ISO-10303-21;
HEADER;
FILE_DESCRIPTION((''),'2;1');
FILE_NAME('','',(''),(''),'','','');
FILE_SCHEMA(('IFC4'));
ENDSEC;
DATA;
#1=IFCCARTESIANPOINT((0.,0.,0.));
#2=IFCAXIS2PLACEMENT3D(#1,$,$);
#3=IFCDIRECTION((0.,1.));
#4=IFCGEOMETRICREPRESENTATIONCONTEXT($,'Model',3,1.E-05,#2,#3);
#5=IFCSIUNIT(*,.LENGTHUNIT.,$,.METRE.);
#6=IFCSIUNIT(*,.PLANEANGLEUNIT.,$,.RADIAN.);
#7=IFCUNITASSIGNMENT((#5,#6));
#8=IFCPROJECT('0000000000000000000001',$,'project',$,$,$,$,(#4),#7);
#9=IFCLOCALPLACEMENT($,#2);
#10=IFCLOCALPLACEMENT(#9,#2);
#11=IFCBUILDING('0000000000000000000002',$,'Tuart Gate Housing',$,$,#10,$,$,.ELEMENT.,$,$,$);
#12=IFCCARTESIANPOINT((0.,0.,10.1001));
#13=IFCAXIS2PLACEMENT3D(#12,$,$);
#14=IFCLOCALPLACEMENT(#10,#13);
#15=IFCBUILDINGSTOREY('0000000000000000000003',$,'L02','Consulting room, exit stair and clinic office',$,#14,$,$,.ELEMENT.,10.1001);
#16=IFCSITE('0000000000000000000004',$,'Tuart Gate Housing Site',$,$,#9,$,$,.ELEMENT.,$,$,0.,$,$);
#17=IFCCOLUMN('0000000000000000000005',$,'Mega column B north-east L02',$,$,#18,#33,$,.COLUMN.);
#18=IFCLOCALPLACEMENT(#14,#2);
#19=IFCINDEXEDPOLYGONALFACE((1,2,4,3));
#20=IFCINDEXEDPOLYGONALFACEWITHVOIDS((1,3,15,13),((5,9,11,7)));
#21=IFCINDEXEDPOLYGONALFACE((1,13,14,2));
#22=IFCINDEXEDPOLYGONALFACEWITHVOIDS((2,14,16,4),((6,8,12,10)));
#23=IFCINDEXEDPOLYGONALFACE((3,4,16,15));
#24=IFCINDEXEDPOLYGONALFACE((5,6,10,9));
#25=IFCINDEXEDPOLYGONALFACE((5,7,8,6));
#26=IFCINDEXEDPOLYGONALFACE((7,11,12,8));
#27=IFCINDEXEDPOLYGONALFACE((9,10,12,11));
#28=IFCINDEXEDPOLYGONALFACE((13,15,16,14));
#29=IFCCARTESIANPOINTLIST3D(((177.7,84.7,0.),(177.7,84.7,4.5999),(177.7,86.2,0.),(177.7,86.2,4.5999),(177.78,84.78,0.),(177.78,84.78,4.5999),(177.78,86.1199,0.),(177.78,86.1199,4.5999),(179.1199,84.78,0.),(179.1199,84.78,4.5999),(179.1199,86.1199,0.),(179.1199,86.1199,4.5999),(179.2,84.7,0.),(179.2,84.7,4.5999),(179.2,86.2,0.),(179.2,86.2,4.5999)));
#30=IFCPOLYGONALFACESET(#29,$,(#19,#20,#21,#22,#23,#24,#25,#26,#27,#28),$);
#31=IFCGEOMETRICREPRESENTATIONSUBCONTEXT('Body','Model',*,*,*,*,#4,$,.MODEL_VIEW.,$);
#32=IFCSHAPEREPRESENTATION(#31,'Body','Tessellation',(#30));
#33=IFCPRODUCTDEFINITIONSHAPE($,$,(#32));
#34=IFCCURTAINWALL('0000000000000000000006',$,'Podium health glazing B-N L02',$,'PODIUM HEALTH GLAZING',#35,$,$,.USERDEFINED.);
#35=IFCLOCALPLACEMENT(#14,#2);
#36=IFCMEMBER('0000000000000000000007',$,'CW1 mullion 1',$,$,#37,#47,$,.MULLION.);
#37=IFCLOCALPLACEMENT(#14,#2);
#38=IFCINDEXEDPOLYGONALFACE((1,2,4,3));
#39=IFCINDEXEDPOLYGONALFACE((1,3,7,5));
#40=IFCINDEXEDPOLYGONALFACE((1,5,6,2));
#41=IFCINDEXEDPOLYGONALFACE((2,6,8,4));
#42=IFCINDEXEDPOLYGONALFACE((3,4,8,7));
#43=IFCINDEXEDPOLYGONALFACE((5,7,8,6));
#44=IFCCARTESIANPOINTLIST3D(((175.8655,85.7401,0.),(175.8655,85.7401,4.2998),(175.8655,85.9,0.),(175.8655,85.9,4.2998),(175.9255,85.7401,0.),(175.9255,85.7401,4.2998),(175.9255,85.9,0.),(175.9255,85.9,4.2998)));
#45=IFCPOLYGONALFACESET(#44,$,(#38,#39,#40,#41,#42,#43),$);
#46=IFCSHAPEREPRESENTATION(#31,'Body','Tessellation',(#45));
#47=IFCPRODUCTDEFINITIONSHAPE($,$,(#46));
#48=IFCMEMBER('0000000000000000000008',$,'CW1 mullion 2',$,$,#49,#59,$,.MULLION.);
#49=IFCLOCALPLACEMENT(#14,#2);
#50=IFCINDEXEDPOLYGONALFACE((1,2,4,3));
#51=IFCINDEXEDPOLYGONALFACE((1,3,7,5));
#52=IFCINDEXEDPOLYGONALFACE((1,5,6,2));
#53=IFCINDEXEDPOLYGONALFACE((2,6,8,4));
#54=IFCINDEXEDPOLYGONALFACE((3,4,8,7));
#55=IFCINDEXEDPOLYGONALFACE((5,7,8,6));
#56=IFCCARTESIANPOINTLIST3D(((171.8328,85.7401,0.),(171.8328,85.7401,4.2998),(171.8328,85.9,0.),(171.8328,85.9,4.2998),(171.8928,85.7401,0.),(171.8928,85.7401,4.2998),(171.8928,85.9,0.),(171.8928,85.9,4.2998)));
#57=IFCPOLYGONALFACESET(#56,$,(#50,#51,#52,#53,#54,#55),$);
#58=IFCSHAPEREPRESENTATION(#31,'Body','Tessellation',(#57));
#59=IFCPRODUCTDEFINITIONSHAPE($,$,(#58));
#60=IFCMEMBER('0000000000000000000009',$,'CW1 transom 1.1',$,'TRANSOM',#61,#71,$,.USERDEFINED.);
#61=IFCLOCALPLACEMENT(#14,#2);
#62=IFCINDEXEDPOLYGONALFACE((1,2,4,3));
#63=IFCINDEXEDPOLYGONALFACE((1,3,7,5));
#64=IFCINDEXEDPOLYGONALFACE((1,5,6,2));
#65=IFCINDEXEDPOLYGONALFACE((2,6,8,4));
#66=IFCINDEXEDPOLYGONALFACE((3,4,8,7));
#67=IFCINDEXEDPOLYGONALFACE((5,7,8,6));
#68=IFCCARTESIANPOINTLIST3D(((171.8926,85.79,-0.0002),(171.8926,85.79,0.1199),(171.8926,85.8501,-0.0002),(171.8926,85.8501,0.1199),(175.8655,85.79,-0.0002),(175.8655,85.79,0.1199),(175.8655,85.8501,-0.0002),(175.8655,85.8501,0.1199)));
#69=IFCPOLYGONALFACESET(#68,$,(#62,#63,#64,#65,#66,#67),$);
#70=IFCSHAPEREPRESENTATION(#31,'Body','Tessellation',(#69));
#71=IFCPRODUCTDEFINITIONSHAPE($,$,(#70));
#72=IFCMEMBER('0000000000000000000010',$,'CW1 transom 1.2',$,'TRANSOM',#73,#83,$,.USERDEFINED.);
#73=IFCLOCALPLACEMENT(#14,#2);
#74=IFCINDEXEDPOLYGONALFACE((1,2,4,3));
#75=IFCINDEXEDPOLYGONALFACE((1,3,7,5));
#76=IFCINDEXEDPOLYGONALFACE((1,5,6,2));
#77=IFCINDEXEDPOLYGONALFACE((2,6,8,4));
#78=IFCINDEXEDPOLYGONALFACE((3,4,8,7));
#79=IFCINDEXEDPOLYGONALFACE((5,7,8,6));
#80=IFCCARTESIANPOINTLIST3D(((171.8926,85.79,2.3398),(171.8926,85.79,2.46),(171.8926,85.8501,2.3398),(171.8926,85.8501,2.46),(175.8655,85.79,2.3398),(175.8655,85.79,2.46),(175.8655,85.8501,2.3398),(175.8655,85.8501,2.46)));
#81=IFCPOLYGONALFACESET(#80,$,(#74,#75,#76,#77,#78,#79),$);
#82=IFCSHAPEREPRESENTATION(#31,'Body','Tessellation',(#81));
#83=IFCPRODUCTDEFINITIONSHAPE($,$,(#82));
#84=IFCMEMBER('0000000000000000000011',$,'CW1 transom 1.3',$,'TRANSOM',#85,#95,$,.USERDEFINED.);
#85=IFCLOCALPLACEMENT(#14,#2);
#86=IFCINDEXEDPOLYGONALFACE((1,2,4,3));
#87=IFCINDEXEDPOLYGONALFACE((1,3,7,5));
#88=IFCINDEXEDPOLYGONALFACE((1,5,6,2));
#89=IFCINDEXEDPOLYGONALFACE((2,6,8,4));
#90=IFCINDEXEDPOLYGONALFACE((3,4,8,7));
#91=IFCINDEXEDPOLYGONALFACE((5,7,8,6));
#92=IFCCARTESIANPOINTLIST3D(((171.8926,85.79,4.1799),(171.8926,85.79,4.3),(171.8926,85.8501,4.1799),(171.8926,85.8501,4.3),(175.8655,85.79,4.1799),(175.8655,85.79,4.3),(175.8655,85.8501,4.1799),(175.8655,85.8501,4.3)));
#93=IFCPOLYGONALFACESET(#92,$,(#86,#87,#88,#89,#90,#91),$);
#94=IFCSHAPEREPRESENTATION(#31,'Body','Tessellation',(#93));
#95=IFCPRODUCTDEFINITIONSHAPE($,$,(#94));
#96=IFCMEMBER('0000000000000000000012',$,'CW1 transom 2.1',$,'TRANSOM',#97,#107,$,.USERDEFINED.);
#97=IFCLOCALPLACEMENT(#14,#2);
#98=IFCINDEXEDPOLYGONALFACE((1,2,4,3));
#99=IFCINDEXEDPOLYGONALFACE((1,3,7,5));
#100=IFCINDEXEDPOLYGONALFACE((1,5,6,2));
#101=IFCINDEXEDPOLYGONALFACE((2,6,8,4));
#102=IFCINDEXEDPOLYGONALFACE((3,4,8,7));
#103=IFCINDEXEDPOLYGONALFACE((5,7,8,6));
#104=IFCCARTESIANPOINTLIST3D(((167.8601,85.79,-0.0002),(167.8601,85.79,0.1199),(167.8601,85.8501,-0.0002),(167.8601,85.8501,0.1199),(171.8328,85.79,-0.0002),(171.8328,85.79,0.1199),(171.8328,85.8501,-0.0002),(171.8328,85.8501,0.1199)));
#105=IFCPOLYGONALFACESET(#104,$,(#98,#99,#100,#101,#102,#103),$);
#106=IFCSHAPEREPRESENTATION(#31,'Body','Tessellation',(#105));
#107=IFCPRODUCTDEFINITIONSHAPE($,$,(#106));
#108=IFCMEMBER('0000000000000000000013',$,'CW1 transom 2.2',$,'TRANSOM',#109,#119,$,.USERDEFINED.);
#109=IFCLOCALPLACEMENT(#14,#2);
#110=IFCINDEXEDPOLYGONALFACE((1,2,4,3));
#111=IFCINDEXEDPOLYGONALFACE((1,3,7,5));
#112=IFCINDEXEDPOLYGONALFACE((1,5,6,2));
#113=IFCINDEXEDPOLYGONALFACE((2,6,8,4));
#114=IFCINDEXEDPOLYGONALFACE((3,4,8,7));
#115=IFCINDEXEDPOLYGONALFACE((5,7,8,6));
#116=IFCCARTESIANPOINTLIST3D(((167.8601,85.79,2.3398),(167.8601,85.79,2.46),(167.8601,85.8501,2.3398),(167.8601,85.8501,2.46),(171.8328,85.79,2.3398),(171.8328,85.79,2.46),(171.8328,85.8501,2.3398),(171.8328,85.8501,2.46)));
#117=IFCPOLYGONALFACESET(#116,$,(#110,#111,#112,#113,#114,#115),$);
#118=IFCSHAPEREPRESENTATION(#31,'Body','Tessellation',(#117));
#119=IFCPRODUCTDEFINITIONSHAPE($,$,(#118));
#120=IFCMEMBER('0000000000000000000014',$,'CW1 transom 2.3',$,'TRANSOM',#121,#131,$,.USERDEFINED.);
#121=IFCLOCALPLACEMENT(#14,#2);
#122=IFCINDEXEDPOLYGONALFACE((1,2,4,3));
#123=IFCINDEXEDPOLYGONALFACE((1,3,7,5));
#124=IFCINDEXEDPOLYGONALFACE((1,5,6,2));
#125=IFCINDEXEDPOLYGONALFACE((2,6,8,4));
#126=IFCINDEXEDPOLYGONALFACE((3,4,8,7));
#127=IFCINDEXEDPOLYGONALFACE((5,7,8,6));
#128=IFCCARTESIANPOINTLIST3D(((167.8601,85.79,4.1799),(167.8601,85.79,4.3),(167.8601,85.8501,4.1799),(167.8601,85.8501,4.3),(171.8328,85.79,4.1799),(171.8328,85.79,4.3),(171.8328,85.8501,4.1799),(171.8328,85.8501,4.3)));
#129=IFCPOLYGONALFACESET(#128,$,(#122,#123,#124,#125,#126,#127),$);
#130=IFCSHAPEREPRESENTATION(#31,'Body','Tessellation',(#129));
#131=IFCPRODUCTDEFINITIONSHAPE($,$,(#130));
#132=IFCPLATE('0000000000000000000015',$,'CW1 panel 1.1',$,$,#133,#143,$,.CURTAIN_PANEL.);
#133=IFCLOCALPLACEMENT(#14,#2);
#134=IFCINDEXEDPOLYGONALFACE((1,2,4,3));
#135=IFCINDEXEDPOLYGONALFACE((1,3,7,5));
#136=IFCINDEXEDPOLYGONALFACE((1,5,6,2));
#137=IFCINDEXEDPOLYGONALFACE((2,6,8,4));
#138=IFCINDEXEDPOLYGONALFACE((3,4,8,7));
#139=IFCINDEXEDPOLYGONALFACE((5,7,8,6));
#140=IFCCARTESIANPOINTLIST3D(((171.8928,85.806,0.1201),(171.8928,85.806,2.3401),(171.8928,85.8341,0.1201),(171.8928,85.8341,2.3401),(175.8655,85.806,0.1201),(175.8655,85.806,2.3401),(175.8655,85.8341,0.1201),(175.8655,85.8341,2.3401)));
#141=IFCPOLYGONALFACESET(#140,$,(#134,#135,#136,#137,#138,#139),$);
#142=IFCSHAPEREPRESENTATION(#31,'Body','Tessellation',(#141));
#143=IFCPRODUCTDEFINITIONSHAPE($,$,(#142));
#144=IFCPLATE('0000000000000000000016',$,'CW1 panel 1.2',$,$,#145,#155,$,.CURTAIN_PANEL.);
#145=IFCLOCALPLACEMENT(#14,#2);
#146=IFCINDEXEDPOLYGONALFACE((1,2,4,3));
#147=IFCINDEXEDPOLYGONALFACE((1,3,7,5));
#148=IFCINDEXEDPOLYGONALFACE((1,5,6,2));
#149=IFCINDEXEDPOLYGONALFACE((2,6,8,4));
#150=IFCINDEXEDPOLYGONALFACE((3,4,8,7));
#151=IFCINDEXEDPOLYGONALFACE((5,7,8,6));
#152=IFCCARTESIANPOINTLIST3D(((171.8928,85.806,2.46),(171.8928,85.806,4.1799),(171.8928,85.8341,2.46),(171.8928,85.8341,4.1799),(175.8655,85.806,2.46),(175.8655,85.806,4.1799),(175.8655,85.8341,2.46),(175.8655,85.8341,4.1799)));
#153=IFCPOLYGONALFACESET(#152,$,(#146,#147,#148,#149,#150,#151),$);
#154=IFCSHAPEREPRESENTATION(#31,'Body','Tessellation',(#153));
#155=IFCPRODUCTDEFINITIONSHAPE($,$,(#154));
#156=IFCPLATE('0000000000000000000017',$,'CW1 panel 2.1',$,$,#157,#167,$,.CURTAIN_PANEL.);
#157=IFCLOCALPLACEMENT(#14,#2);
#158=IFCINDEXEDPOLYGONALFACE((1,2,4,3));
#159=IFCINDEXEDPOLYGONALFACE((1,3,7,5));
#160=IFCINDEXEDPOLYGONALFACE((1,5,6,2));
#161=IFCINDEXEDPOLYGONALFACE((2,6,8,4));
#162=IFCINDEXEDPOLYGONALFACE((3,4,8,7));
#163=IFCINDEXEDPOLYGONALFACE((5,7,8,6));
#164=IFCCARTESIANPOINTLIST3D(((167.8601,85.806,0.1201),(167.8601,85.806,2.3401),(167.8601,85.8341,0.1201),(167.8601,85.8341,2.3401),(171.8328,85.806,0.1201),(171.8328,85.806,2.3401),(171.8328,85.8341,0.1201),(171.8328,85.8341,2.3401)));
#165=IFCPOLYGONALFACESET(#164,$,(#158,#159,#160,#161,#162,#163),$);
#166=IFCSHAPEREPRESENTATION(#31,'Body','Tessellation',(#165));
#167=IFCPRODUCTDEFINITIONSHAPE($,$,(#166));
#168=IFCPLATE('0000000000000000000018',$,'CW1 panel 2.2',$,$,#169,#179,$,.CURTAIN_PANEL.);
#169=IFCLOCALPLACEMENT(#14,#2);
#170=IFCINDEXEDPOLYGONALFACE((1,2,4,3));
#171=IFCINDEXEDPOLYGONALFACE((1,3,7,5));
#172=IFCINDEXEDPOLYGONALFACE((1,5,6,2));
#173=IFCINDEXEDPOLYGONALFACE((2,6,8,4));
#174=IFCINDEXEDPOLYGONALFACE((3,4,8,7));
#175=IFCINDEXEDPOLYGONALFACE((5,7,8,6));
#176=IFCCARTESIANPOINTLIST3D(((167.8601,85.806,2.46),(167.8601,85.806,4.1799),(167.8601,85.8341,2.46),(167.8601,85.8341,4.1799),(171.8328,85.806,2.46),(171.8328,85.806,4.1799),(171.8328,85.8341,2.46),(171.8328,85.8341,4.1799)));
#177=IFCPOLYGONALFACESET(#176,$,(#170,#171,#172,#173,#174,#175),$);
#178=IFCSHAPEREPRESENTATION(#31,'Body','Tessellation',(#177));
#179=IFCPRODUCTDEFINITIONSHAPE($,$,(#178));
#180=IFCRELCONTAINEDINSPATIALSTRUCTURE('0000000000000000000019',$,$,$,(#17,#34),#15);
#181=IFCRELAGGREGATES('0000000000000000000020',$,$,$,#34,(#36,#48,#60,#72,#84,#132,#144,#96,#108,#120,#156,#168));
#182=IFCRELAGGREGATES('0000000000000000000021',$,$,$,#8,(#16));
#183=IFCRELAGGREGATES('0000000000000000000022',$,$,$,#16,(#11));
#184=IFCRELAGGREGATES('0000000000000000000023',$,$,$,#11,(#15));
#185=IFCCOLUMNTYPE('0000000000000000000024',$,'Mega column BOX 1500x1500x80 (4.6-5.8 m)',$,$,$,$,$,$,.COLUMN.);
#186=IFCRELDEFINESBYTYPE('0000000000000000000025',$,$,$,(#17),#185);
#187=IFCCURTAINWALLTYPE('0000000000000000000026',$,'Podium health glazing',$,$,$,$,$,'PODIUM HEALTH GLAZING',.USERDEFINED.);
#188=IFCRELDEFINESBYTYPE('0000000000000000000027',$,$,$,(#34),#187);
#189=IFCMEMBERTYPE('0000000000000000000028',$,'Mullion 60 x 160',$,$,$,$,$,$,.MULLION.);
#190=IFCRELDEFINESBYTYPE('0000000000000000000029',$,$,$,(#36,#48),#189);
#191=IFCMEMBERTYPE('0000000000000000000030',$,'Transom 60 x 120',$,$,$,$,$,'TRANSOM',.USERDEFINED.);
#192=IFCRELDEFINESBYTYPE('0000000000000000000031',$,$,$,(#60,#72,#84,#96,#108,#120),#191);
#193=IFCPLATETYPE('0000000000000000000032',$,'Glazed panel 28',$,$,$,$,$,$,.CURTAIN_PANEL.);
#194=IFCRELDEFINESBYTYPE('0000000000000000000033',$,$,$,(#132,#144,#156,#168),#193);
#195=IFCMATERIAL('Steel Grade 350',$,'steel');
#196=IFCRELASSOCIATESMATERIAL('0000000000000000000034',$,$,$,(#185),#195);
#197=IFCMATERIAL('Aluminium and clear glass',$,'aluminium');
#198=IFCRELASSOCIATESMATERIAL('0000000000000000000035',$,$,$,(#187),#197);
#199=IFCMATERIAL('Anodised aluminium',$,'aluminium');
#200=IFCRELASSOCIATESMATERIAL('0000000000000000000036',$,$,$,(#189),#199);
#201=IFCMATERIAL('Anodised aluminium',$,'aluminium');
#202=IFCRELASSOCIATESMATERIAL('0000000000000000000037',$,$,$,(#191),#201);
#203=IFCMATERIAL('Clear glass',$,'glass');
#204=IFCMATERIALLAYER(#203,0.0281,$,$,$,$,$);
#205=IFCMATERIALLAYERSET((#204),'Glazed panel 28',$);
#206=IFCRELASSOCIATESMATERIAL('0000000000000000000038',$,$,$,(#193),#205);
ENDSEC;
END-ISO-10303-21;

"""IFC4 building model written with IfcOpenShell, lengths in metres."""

from ifc_helpers import new_model, si_unit, direction, frame, origin, origin_2d, place, context, subcontext, project, spatial, rectangle, hollow_rectangle, extrude, material, layer, layer_set, material_profile, profile_set, type_object, element, aggregate, save


model = new_model("IFC4")

# Units and contexts
model_context = context("Model", 3, precision=1e-05, world=origin(), true_north=direction((0.0, 1.0)))
body_context = subcontext(model_context, "Body", "Model", "MODEL_VIEW")
ifc_project = project(units=[si_unit("LENGTHUNIT", "METRE"), si_unit("PLANEANGLEUNIT", "RADIAN")], contexts=[model_context])

# Site, building, storey
site_placement = place(None, origin())
site = spatial("IfcSite", under=ifc_project, at=site_placement, Name="Tuart Gate Housing Site", CompositionType="ELEMENT", RefElevation=0.0)
building_placement = place(site_placement, origin())
building = spatial("IfcBuilding", under=site, at=building_placement, Name="Tuart Gate Housing", CompositionType="ELEMENT")
storey_placement = place(building_placement, frame((0.0, 0.0, 10.1001)))
storey = spatial("IfcBuildingStorey", under=building, at=storey_placement, Name="L02", Description="Consulting room, exit stair and clinic office", CompositionType="ELEMENT", Elevation=10.1001)

# Column
ifc_material_1 = material(Name="Steel Grade 350", Category="steel")
ifc_material_profile_1 = material_profile(ifc_material_1, hollow_rectangle(XDim=1.5, YDim=1.5, WallThickness=0.0801, at=origin_2d()), Name="BOX 1500x1500x80")
ifc_profile_set_1 = profile_set([ifc_material_profile_1], Name="Steel Grade 350")
column_type = type_object("IfcColumnType", Name="Mega column BOX 1500x1500x80 (4.6-5.8 m)", PredefinedType="COLUMN", material=ifc_profile_set_1)
column_placement = place(storey_placement, frame((178.45, 85.45, 0.0), z_axis=(0.0, 0.0, 1.0), x_axis=(1.0, 0.0, 0.0)))
element("IfcColumn", 1, at=column_placement, inside=storey, type_object=column_type, Name="Mega column B north-east L02", PredefinedType="COLUMN", context=body_context, shape_type="SweptSolid", body=[
    extrude(hollow_rectangle(XDim=1.5, YDim=1.5, WallThickness=0.0801, at=origin_2d()), origin(), (0.0, 0.0, 1.0), 4.5999),
])

# Curtain wall, members, plates
ifc_material_2 = material(Name="Aluminium and clear glass", Category="aluminium")
curtain_wall_type = type_object("IfcCurtainWallType", Name="Podium health glazing", ElementType="PODIUM HEALTH GLAZING", PredefinedType="USERDEFINED", material=ifc_material_2)
curtain_wall_placement = place(storey_placement, origin())
curtain_wall = element("IfcCurtainWall", 2, at=curtain_wall_placement, inside=storey, type_object=curtain_wall_type, Name="Podium health glazing B-N L02", ObjectType="PODIUM HEALTH GLAZING", PredefinedType="USERDEFINED")
ifc_material_3 = material(Name="Anodised aluminium", Category="aluminium")
ifc_material_profile_2 = material_profile(ifc_material_3, rectangle(XDim=0.0601, YDim=0.1599, at=origin_2d()), Name="60x160")
ifc_profile_set_2 = profile_set([ifc_material_profile_2], Name="Anodised aluminium")
member_type_1 = type_object("IfcMemberType", Name="Mullion 60 x 160", PredefinedType="MULLION", material=ifc_profile_set_2)
member_1_placement = place(storey_placement, frame((175.8955, 85.8201, 0.0), z_axis=(0.0, 0.0, 1.0), x_axis=(-1.0, 0.0, 0.0)))
member_1 = element("IfcMember", 3, at=member_1_placement, type_object=member_type_1, Name="CW1 mullion 1", PredefinedType="MULLION", context=body_context, shape_type="SweptSolid", body=[
    extrude(rectangle(XDim=0.0601, YDim=0.1599, at=origin_2d()), origin(), (0.0, 0.0, 1.0), 4.2998),
])
member_2_placement = place(storey_placement, frame((171.8628, 85.8201, 0.0), z_axis=(0.0, 0.0, 1.0), x_axis=(-1.0, 0.0, 0.0)))
member_2 = element("IfcMember", 4, at=member_2_placement, type_object=member_type_1, Name="CW1 mullion 2", PredefinedType="MULLION", context=body_context, shape_type="SweptSolid", body=[
    extrude(rectangle(XDim=0.0601, YDim=0.1599, at=origin_2d()), origin(), (0.0, 0.0, 1.0), 4.2998),
])
ifc_material_4 = material(Name="Anodised aluminium", Category="aluminium")
ifc_material_profile_3 = material_profile(ifc_material_4, rectangle(XDim=0.0601, YDim=0.1201, at=origin_2d()), Name="60x120")
ifc_profile_set_3 = profile_set([ifc_material_profile_3], Name="Anodised aluminium")
member_type_2 = type_object("IfcMemberType", Name="Transom 60 x 120", ElementType="TRANSOM", PredefinedType="USERDEFINED", material=ifc_profile_set_3)
member_3_placement = place(storey_placement, frame((175.8655, 85.8201, 0.0598), z_axis=(-1.0, 0.0, 0.0), x_axis=(0.0, -1.0, 0.0)))
member_3 = element("IfcMember", 5, at=member_3_placement, type_object=member_type_2, Name="CW1 transom 1.1", ObjectType="TRANSOM", PredefinedType="USERDEFINED", context=body_context, shape_type="SweptSolid", body=[
    extrude(rectangle(XDim=0.0601, YDim=0.1201, at=origin_2d()), origin(), (0.0, 0.0, 1.0), 3.9729),
])
member_4_placement = place(storey_placement, frame((175.8655, 85.8201, 2.3999), z_axis=(-1.0, 0.0, 0.0), x_axis=(0.0, -1.0, 0.0)))
member_4 = element("IfcMember", 6, at=member_4_placement, type_object=member_type_2, Name="CW1 transom 1.2", ObjectType="TRANSOM", PredefinedType="USERDEFINED", context=body_context, shape_type="SweptSolid", body=[
    extrude(rectangle(XDim=0.0601, YDim=0.1201, at=origin_2d()), origin(), (0.0, 0.0, 1.0), 3.9729),
])
member_5_placement = place(storey_placement, frame((175.8655, 85.8201, 4.24), z_axis=(-1.0, 0.0, 0.0), x_axis=(0.0, -1.0, 0.0)))
member_5 = element("IfcMember", 7, at=member_5_placement, type_object=member_type_2, Name="CW1 transom 1.3", ObjectType="TRANSOM", PredefinedType="USERDEFINED", context=body_context, shape_type="SweptSolid", body=[
    extrude(rectangle(XDim=0.0601, YDim=0.1201, at=origin_2d()), origin(), (0.0, 0.0, 1.0), 3.9729),
])
member_6_placement = place(storey_placement, frame((171.8328, 85.8201, 0.0598), z_axis=(-1.0, 0.0, 0.0), x_axis=(0.0, -1.0, 0.0)))
member_6 = element("IfcMember", 8, at=member_6_placement, type_object=member_type_2, Name="CW1 transom 2.1", ObjectType="TRANSOM", PredefinedType="USERDEFINED", context=body_context, shape_type="SweptSolid", body=[
    extrude(rectangle(XDim=0.0601, YDim=0.1201, at=origin_2d()), origin(), (0.0, 0.0, 1.0), 3.9727),
])
member_7_placement = place(storey_placement, frame((171.8328, 85.8201, 2.3999), z_axis=(-1.0, 0.0, 0.0), x_axis=(0.0, -1.0, 0.0)))
member_7 = element("IfcMember", 9, at=member_7_placement, type_object=member_type_2, Name="CW1 transom 2.2", ObjectType="TRANSOM", PredefinedType="USERDEFINED", context=body_context, shape_type="SweptSolid", body=[
    extrude(rectangle(XDim=0.0601, YDim=0.1201, at=origin_2d()), origin(), (0.0, 0.0, 1.0), 3.9727),
])
member_8_placement = place(storey_placement, frame((171.8328, 85.8201, 4.24), z_axis=(-1.0, 0.0, 0.0), x_axis=(0.0, -1.0, 0.0)))
member_8 = element("IfcMember", 10, at=member_8_placement, type_object=member_type_2, Name="CW1 transom 2.3", ObjectType="TRANSOM", PredefinedType="USERDEFINED", context=body_context, shape_type="SweptSolid", body=[
    extrude(rectangle(XDim=0.0601, YDim=0.1201, at=origin_2d()), origin(), (0.0, 0.0, 1.0), 3.9727),
])
ifc_material_5 = material(Name="Clear glass", Category="glass")
ifc_layer_1 = layer(ifc_material_5, 0.0281)
ifc_layer_set_1 = layer_set([ifc_layer_1], Name="Glazed panel 28")
plate_type = type_object("IfcPlateType", Name="Glazed panel 28", PredefinedType="CURTAIN_PANEL", material=ifc_layer_set_1)
plate_1_placement = place(storey_placement, frame((173.8792, 85.8201, 0.1201), z_axis=(0.0, 0.0, 1.0), x_axis=(-1.0, 0.0, 0.0)))
plate_1 = element("IfcPlate", 11, at=plate_1_placement, type_object=plate_type, Name="CW1 panel 1.1", PredefinedType="CURTAIN_PANEL", context=body_context, shape_type="SweptSolid", body=[
    extrude(rectangle(XDim=3.9727, YDim=0.0281, at=origin_2d()), origin(), (0.0, 0.0, 1.0), 2.22),
])
plate_2_placement = place(storey_placement, frame((173.8792, 85.8201, 2.46), z_axis=(0.0, 0.0, 1.0), x_axis=(-1.0, 0.0, 0.0)))
plate_2 = element("IfcPlate", 12, at=plate_2_placement, type_object=plate_type, Name="CW1 panel 1.2", PredefinedType="CURTAIN_PANEL", context=body_context, shape_type="SweptSolid", body=[
    extrude(rectangle(XDim=3.9727, YDim=0.0281, at=origin_2d()), origin(), (0.0, 0.0, 1.0), 1.72),
])
plate_3_placement = place(storey_placement, frame((169.8464, 85.8201, 0.1201), z_axis=(0.0, 0.0, 1.0), x_axis=(-1.0, 0.0, 0.0)))
plate_3 = element("IfcPlate", 13, at=plate_3_placement, type_object=plate_type, Name="CW1 panel 2.1", PredefinedType="CURTAIN_PANEL", context=body_context, shape_type="SweptSolid", body=[
    extrude(rectangle(XDim=3.9727, YDim=0.0281, at=origin_2d()), origin(), (0.0, 0.0, 1.0), 2.22),
])
plate_4_placement = place(storey_placement, frame((169.8464, 85.8201, 2.46), z_axis=(0.0, 0.0, 1.0), x_axis=(-1.0, 0.0, 0.0)))
plate_4 = element("IfcPlate", 14, at=plate_4_placement, type_object=plate_type, Name="CW1 panel 2.2", PredefinedType="CURTAIN_PANEL", context=body_context, shape_type="SweptSolid", body=[
    extrude(rectangle(XDim=3.9727, YDim=0.0281, at=origin_2d()), origin(), (0.0, 0.0, 1.0), 1.72),
])
aggregate(curtain_wall, [member_1, member_2, member_3, member_4, member_5, plate_1, plate_2, member_6, member_7, member_8, plate_3, plate_4])

save(model, "model.ifc")
